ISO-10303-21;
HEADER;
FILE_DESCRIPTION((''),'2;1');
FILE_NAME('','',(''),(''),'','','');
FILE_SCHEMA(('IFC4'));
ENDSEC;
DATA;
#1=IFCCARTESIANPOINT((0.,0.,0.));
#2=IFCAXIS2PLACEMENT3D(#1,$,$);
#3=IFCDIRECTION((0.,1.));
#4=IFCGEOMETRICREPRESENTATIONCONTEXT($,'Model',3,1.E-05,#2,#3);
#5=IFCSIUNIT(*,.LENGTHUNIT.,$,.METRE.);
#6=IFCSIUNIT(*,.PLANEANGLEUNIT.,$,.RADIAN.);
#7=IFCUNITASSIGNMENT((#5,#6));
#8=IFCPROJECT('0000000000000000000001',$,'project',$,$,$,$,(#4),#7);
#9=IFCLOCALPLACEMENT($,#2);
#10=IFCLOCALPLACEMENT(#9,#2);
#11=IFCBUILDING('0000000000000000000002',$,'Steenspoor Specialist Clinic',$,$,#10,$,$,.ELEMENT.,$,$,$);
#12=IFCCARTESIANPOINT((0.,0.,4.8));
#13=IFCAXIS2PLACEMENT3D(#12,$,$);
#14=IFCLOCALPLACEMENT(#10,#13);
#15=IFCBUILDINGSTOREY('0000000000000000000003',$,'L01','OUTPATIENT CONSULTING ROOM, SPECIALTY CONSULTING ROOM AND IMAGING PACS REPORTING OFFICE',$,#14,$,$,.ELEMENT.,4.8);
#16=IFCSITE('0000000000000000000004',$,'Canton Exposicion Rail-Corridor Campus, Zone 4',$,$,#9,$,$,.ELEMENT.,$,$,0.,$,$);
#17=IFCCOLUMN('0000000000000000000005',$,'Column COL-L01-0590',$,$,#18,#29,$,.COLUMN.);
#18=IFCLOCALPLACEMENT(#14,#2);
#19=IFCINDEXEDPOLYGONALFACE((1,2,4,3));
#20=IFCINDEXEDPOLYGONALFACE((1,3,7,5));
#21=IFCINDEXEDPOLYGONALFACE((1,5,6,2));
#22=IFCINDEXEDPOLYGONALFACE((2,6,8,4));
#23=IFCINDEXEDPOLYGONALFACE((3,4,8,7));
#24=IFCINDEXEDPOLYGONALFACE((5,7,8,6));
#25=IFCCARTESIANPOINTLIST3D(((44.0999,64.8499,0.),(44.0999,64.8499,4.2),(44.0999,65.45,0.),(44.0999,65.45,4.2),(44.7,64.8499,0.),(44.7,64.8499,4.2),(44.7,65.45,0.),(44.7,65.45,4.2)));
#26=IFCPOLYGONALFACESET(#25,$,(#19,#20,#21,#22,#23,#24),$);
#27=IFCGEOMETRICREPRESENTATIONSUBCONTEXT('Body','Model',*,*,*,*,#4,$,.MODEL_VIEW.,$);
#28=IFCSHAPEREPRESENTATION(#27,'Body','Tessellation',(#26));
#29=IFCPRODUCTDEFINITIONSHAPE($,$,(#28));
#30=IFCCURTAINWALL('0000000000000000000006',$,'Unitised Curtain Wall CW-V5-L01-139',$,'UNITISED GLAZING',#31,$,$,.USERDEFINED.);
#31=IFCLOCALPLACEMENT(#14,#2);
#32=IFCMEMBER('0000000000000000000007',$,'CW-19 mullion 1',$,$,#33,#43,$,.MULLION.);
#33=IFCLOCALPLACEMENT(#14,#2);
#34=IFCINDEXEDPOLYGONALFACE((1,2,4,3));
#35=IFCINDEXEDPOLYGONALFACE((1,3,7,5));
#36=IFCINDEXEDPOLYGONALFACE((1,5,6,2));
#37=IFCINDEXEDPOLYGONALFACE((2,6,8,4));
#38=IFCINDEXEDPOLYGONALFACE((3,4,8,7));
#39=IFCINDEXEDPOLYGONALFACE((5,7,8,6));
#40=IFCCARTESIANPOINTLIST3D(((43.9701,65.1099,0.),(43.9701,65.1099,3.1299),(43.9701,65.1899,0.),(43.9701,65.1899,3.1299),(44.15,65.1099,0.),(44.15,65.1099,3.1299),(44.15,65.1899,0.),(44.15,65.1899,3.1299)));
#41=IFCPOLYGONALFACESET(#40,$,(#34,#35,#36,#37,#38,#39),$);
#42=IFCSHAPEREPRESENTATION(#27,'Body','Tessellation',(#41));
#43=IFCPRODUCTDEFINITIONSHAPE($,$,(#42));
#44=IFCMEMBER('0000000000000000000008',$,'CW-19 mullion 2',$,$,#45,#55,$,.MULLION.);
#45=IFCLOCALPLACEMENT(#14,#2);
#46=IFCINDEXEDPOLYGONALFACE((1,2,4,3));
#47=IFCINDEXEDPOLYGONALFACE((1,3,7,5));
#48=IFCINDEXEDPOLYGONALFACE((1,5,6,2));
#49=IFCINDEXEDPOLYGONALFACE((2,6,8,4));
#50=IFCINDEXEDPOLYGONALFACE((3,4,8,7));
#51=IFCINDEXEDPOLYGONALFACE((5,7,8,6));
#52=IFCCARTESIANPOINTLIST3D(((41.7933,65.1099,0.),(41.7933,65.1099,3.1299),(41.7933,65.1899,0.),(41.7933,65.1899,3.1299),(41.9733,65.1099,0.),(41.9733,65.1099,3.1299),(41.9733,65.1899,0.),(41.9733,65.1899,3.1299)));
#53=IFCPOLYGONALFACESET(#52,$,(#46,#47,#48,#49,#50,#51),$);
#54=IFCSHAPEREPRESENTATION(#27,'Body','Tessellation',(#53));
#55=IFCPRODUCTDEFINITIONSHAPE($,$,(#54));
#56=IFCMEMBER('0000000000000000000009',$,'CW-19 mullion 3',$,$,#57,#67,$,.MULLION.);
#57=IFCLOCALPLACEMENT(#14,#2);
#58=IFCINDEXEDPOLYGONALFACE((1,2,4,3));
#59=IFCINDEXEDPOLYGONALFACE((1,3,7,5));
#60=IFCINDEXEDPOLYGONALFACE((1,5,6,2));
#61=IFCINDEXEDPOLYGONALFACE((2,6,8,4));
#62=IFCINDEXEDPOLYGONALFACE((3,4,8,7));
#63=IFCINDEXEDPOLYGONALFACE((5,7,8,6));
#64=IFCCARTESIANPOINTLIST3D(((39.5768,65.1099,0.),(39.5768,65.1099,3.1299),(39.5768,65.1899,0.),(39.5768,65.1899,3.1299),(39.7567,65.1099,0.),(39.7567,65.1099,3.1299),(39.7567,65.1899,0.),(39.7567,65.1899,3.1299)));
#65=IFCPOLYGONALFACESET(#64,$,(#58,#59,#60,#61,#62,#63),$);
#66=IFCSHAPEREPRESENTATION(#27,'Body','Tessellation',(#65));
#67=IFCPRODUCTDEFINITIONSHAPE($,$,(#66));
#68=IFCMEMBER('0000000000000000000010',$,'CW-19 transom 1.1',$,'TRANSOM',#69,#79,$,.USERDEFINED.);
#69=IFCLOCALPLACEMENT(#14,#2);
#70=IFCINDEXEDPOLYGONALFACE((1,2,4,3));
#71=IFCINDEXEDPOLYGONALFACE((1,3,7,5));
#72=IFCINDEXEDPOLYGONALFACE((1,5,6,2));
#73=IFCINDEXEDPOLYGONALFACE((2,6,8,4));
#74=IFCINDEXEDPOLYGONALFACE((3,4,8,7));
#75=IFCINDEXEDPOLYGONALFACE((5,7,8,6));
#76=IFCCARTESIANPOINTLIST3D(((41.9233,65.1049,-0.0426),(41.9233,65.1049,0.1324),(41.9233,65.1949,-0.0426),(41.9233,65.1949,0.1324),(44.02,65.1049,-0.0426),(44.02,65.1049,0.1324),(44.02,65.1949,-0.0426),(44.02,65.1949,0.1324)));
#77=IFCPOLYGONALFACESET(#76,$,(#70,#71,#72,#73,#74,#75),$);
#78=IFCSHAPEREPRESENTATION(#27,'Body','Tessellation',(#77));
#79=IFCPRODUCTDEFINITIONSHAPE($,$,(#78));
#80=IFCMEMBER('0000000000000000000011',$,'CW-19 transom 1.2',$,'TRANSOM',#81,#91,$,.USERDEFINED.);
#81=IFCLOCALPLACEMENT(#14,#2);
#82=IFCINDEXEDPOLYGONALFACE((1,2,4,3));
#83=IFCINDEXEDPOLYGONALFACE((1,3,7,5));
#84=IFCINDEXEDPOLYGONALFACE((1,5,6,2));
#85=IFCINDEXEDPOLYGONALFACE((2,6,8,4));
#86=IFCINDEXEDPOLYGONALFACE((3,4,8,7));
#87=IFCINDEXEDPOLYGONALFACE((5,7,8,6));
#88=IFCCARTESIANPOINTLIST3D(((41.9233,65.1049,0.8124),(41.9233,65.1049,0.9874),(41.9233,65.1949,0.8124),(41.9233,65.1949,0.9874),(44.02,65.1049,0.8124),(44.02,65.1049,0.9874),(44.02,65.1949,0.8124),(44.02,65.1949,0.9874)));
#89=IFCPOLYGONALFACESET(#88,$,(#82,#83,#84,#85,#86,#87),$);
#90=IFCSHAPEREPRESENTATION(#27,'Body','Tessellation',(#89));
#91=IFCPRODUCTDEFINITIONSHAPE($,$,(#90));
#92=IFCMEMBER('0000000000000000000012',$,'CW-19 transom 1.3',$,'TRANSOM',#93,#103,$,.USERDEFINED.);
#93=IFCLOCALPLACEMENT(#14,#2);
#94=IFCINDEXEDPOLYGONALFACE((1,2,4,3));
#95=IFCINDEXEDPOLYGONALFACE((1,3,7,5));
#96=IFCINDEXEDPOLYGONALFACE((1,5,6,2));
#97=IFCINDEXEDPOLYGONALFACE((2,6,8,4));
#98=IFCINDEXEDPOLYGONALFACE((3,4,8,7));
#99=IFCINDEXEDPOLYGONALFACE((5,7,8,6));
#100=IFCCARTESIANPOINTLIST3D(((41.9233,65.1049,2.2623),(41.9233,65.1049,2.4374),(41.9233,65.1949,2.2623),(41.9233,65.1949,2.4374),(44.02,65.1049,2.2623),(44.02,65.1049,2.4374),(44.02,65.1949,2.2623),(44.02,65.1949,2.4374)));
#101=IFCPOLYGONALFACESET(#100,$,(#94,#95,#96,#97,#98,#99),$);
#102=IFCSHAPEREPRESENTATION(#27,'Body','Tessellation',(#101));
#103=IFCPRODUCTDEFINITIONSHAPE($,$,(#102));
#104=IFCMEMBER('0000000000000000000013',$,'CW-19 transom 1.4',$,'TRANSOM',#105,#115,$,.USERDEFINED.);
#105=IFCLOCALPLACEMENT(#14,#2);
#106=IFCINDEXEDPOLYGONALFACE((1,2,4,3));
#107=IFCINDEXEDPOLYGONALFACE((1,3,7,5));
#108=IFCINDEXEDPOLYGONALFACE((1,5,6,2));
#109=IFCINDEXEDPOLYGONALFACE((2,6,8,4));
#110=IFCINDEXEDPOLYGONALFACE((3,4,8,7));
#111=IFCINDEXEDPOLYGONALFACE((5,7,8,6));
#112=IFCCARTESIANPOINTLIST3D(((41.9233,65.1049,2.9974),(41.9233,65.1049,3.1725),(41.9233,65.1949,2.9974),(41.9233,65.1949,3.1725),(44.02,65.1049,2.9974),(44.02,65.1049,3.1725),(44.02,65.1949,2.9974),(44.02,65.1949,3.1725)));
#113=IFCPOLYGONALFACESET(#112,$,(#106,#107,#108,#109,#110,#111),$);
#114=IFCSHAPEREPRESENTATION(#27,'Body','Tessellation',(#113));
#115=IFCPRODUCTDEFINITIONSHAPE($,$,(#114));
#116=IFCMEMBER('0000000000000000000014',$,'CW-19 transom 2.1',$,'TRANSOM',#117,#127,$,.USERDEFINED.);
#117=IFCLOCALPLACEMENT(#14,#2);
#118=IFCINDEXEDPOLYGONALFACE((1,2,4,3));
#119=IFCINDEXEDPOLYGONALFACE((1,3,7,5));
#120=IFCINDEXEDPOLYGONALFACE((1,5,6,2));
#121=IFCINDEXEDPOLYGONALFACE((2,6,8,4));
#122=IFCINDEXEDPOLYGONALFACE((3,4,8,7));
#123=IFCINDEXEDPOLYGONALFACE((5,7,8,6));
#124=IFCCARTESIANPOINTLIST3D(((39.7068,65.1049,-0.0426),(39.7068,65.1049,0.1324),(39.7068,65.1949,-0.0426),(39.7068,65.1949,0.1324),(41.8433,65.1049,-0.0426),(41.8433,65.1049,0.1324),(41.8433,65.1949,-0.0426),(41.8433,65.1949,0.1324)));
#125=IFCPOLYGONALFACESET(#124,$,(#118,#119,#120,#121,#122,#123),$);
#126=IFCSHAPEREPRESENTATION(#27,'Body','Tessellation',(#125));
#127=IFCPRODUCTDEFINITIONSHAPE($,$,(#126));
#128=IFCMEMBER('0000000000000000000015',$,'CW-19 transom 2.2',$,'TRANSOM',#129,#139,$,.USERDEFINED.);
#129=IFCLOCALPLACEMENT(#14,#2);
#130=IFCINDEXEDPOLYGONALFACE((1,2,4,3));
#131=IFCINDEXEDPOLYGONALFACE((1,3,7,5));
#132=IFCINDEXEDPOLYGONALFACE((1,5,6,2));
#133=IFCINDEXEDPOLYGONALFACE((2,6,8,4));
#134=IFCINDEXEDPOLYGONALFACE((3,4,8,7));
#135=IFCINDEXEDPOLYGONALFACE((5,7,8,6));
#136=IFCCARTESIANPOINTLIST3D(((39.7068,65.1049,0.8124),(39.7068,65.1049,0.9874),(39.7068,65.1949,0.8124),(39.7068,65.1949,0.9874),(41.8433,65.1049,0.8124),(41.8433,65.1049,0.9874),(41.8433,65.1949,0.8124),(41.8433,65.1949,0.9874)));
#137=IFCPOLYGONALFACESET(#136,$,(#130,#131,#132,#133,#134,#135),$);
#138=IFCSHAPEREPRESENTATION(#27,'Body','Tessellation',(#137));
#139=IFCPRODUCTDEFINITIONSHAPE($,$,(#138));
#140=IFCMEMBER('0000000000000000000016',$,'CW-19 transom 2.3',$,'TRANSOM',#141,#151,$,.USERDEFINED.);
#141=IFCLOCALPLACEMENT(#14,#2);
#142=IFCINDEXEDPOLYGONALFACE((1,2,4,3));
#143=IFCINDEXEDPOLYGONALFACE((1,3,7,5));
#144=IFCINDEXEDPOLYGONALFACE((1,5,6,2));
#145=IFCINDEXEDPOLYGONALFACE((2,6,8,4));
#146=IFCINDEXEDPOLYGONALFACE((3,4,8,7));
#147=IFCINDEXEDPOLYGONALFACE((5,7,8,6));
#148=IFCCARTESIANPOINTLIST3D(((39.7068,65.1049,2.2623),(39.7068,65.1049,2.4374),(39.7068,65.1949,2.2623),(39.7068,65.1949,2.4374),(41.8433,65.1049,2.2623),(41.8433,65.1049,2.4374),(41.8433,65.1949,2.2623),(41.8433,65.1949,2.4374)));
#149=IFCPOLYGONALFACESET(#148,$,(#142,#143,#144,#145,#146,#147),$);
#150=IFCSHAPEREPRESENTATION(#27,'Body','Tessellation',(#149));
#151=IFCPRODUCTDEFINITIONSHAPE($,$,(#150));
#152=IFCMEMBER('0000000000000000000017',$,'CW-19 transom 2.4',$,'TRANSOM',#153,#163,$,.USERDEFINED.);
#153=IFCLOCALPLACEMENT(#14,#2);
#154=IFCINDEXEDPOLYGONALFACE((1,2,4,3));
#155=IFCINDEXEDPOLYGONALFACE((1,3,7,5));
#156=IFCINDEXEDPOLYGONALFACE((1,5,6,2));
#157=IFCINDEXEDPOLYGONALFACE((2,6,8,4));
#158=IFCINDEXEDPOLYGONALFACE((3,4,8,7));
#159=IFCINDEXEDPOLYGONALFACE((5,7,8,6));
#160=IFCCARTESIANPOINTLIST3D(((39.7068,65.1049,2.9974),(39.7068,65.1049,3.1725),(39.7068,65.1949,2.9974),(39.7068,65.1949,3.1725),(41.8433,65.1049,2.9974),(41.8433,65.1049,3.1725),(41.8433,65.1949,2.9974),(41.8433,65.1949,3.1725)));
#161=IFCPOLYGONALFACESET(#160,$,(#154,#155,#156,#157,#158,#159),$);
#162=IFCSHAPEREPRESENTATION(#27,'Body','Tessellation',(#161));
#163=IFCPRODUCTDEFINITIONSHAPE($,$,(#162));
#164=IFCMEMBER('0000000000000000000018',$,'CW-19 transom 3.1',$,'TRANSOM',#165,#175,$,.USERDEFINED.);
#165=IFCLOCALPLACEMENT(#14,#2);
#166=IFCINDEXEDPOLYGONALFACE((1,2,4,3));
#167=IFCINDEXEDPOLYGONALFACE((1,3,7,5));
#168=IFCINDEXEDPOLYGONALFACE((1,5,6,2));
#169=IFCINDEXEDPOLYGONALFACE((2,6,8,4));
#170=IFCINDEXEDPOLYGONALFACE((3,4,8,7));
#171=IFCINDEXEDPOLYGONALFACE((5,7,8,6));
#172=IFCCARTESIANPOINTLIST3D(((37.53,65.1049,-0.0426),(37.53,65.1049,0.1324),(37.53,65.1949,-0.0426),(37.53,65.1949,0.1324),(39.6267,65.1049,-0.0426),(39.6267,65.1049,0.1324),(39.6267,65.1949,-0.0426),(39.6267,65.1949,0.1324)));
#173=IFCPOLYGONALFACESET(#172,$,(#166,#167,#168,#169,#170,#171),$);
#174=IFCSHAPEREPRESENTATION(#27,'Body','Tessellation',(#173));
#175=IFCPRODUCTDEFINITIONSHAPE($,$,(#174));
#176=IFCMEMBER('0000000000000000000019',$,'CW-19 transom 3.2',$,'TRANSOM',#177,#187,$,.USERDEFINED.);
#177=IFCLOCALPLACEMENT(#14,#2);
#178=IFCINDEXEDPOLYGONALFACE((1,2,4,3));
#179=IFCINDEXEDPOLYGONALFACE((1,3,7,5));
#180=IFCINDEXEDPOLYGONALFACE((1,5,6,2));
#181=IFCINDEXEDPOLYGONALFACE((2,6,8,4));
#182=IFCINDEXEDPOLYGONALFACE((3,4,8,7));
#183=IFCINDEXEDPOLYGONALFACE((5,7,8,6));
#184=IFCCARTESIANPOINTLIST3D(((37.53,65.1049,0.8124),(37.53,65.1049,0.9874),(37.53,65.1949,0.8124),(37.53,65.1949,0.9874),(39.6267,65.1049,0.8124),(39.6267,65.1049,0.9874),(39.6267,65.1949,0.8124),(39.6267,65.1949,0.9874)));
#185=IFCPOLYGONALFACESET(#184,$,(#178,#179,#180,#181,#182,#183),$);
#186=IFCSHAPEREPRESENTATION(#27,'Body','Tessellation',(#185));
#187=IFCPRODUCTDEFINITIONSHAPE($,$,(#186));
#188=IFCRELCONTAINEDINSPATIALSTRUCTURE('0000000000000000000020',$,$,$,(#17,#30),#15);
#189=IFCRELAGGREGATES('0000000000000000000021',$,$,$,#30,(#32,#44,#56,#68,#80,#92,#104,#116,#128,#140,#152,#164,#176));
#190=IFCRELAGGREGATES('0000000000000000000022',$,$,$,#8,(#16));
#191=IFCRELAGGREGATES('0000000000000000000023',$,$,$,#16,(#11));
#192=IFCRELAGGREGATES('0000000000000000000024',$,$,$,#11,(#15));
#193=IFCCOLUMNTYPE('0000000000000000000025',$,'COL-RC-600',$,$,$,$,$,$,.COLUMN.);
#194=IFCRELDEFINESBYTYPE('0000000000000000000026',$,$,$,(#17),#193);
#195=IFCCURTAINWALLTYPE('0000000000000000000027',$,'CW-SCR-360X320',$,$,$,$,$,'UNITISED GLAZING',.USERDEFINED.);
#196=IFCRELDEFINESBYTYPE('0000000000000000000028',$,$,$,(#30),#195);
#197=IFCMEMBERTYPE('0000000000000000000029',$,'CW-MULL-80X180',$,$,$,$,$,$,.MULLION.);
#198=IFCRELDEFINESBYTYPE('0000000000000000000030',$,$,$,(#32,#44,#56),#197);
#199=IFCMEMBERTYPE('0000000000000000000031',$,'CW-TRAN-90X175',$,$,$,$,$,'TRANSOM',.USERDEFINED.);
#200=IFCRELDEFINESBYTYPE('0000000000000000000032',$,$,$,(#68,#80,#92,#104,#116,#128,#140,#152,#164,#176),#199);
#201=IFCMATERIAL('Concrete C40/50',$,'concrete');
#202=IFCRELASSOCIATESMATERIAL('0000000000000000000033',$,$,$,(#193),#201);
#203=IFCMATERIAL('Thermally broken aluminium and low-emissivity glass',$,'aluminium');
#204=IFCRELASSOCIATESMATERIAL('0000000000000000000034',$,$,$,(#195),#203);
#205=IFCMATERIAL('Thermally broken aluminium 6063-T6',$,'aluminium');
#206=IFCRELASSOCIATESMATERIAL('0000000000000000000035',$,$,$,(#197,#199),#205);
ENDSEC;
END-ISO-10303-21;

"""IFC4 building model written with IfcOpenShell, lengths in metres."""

from ifc_helpers import new_model, si_unit, direction, frame, origin, origin_2d, place, context, subcontext, project, spatial, rectangle, extrude, material, material_profile, profile_set, type_object, element, aggregate, save


model = new_model("IFC4")

# Units and contexts
model_context = context("Model", 3, precision=1e-05, world=origin(), true_north=direction((0.0, 1.0)))
body_context = subcontext(model_context, "Body", "Model", "MODEL_VIEW")
ifc_project = project(units=[si_unit("LENGTHUNIT", "METRE"), si_unit("PLANEANGLEUNIT", "RADIAN")], contexts=[model_context])

# Site, building, storey
site_placement = place(None, origin())
site = spatial("IfcSite", under=ifc_project, at=site_placement, Name="Canton Exposicion Rail-Corridor Campus, Zone 4", CompositionType="ELEMENT", RefElevation=0.0)
building_placement = place(site_placement, origin())
building = spatial("IfcBuilding", under=site, at=building_placement, Name="Steenspoor Specialist Clinic", CompositionType="ELEMENT")
storey_placement = place(building_placement, frame((0.0, 0.0, 4.8)))
storey = spatial("IfcBuildingStorey", under=building, at=storey_placement, Name="L01", Description="OUTPATIENT CONSULTING ROOM, SPECIALTY CONSULTING ROOM AND IMAGING PACS REPORTING OFFICE", CompositionType="ELEMENT", Elevation=4.8)

# Column
ifc_material_1 = material(Name="Concrete C40/50", Category="concrete")
ifc_material_profile_1 = material_profile(ifc_material_1, rectangle(XDim=0.6001, YDim=0.6001, at=origin_2d()), Name="RC-COL-600X600")
ifc_profile_set_1 = profile_set([ifc_material_profile_1], Name="Concrete C40/50")
column_type = type_object("IfcColumnType", Name="COL-RC-600", PredefinedType="COLUMN", material=ifc_profile_set_1)
column_placement = place(storey_placement, frame((44.3999, 65.1499, 0.0), z_axis=(0.0, 0.0, 1.0), x_axis=(1.0, 0.0, 0.0)))
element("IfcColumn", 1, at=column_placement, inside=storey, type_object=column_type, Name="Column COL-L01-0590", PredefinedType="COLUMN", context=body_context, shape_type="SweptSolid", body=[
    extrude(rectangle(XDim=0.6001, YDim=0.6001, at=origin_2d()), origin(), (0.0, 0.0, 1.0), 4.2),
])

# Curtain wall, members
ifc_material_2 = material(Name="Thermally broken aluminium and low-emissivity glass", Category="aluminium")
curtain_wall_type = type_object("IfcCurtainWallType", Name="CW-SCR-360X320", ElementType="UNITISED GLAZING", PredefinedType="USERDEFINED", material=ifc_material_2)
curtain_wall_placement = place(storey_placement, origin())
curtain_wall = element("IfcCurtainWall", 2, at=curtain_wall_placement, inside=storey, type_object=curtain_wall_type, Name="Unitised Curtain Wall CW-V5-L01-139", ObjectType="UNITISED GLAZING", PredefinedType="USERDEFINED")
ifc_material_3 = material(Name="Thermally broken aluminium 6063-T6", Category="aluminium")
ifc_material_profile_2 = material_profile(ifc_material_3, rectangle(XDim=0.0801, YDim=0.1799, at=origin_2d()), Name="CWM-80X180")
ifc_profile_set_2 = profile_set([ifc_material_profile_2], Name="Thermally broken aluminium 6063-T6")
member_type_1 = type_object("IfcMemberType", Name="CW-MULL-80X180", PredefinedType="MULLION", material=ifc_profile_set_2)
member_1_placement = place(storey_placement, frame((44.0601, 65.1499, 0.0), z_axis=(0.0, 0.0, 1.0), x_axis=(0.0, -1.0, 0.0)))
member_1 = element("IfcMember", 3, at=member_1_placement, type_object=member_type_1, Name="CW-19 mullion 1", PredefinedType="MULLION", context=body_context, shape_type="SweptSolid", body=[
    extrude(rectangle(XDim=0.0801, YDim=0.1799, at=origin_2d()), origin(), (0.0, 0.0, 1.0), 3.1299),
])
member_2_placement = place(storey_placement, frame((41.8833, 65.1499, 0.0), z_axis=(0.0, 0.0, 1.0), x_axis=(0.0, -1.0, 0.0)))
member_2 = element("IfcMember", 4, at=member_2_placement, type_object=member_type_1, Name="CW-19 mullion 2", PredefinedType="MULLION", context=body_context, shape_type="SweptSolid", body=[
    extrude(rectangle(XDim=0.0801, YDim=0.1799, at=origin_2d()), origin(), (0.0, 0.0, 1.0), 3.1299),
])
member_3_placement = place(storey_placement, frame((39.6667, 65.1499, 0.0), z_axis=(0.0, 0.0, 1.0), x_axis=(0.0, -1.0, 0.0)))
member_3 = element("IfcMember", 5, at=member_3_placement, type_object=member_type_1, Name="CW-19 mullion 3", PredefinedType="MULLION", context=body_context, shape_type="SweptSolid", body=[
    extrude(rectangle(XDim=0.0801, YDim=0.1799, at=origin_2d()), origin(), (0.0, 0.0, 1.0), 3.1299),
])
ifc_material_profile_3 = material_profile(ifc_material_3, rectangle(XDim=0.0901, YDim=0.175, at=origin_2d()), Name="CWT-90X175")
ifc_profile_set_3 = profile_set([ifc_material_profile_3], Name="Thermally broken aluminium 6063-T6")
member_type_2 = type_object("IfcMemberType", Name="CW-TRAN-90X175", ElementType="TRANSOM", PredefinedType="USERDEFINED", material=ifc_profile_set_3)
member_4_placement = place(storey_placement, frame((44.02, 65.1499, 0.0449), z_axis=(-1.0, 0.0, 0.0), x_axis=(0.0, -1.0, 0.0)))
member_4 = element("IfcMember", 6, at=member_4_placement, type_object=member_type_2, Name="CW-19 transom 1.1", ObjectType="TRANSOM", PredefinedType="USERDEFINED", context=body_context, shape_type="SweptSolid", body=[
    extrude(rectangle(XDim=0.0901, YDim=0.175, at=origin_2d()), origin(), (0.0, 0.0, 1.0), 2.0967),
])
member_5_placement = place(storey_placement, frame((44.02, 65.1499, 0.8999), z_axis=(-1.0, 0.0, 0.0), x_axis=(0.0, -1.0, 0.0)))
member_5 = element("IfcMember", 7, at=member_5_placement, type_object=member_type_2, Name="CW-19 transom 1.2", ObjectType="TRANSOM", PredefinedType="USERDEFINED", context=body_context, shape_type="SweptSolid", body=[
    extrude(rectangle(XDim=0.0901, YDim=0.175, at=origin_2d()), origin(), (0.0, 0.0, 1.0), 2.0967),
])
member_6_placement = place(storey_placement, frame((44.02, 65.1499, 2.3499), z_axis=(-1.0, 0.0, 0.0), x_axis=(0.0, -1.0, 0.0)))
member_6 = element("IfcMember", 8, at=member_6_placement, type_object=member_type_2, Name="CW-19 transom 1.3", ObjectType="TRANSOM", PredefinedType="USERDEFINED", context=body_context, shape_type="SweptSolid", body=[
    extrude(rectangle(XDim=0.0901, YDim=0.175, at=origin_2d()), origin(), (0.0, 0.0, 1.0), 2.0967),
])
member_7_placement = place(storey_placement, frame((44.02, 65.1499, 3.085), z_axis=(-1.0, 0.0, 0.0), x_axis=(0.0, -1.0, 0.0)))
member_7 = element("IfcMember", 9, at=member_7_placement, type_object=member_type_2, Name="CW-19 transom 1.4", ObjectType="TRANSOM", PredefinedType="USERDEFINED", context=body_context, shape_type="SweptSolid", body=[
    extrude(rectangle(XDim=0.0901, YDim=0.175, at=origin_2d()), origin(), (0.0, 0.0, 1.0), 2.0967),
])
member_8_placement = place(storey_placement, frame((41.8433, 65.1499, 0.0449), z_axis=(-1.0, 0.0, 0.0), x_axis=(0.0, -1.0, 0.0)))
member_8 = element("IfcMember", 10, at=member_8_placement, type_object=member_type_2, Name="CW-19 transom 2.1", ObjectType="TRANSOM", PredefinedType="USERDEFINED", context=body_context, shape_type="SweptSolid", body=[
    extrude(rectangle(XDim=0.0901, YDim=0.175, at=origin_2d()), origin(), (0.0, 0.0, 1.0), 2.1365),
])
member_9_placement = place(storey_placement, frame((41.8433, 65.1499, 0.8999), z_axis=(-1.0, 0.0, 0.0), x_axis=(0.0, -1.0, 0.0)))
member_9 = element("IfcMember", 11, at=member_9_placement, type_object=member_type_2, Name="CW-19 transom 2.2", ObjectType="TRANSOM", PredefinedType="USERDEFINED", context=body_context, shape_type="SweptSolid", body=[
    extrude(rectangle(XDim=0.0901, YDim=0.175, at=origin_2d()), origin(), (0.0, 0.0, 1.0), 2.1365),
])
member_10_placement = place(storey_placement, frame((41.8433, 65.1499, 2.3499), z_axis=(-1.0, 0.0, 0.0), x_axis=(0.0, -1.0, 0.0)))
member_10 = element("IfcMember", 12, at=member_10_placement, type_object=member_type_2, Name="CW-19 transom 2.3", ObjectType="TRANSOM", PredefinedType="USERDEFINED", context=body_context, shape_type="SweptSolid", body=[
    extrude(rectangle(XDim=0.0901, YDim=0.175, at=origin_2d()), origin(), (0.0, 0.0, 1.0), 2.1365),
])
member_11_placement = place(storey_placement, frame((41.8433, 65.1499, 3.085), z_axis=(-1.0, 0.0, 0.0), x_axis=(0.0, -1.0, 0.0)))
member_11 = element("IfcMember", 13, at=member_11_placement, type_object=member_type_2, Name="CW-19 transom 2.4", ObjectType="TRANSOM", PredefinedType="USERDEFINED", context=body_context, shape_type="SweptSolid", body=[
    extrude(rectangle(XDim=0.0901, YDim=0.175, at=origin_2d()), origin(), (0.0, 0.0, 1.0), 2.1365),
])
member_12_placement = place(storey_placement, frame((39.6267, 65.1499, 0.0449), z_axis=(-1.0, 0.0, 0.0), x_axis=(0.0, -1.0, 0.0)))
member_12 = element("IfcMember", 14, at=member_12_placement, type_object=member_type_2, Name="CW-19 transom 3.1", ObjectType="TRANSOM", PredefinedType="USERDEFINED", context=body_context, shape_type="SweptSolid", body=[
    extrude(rectangle(XDim=0.0901, YDim=0.175, at=origin_2d()), origin(), (0.0, 0.0, 1.0), 2.0967),
])
member_13_placement = place(storey_placement, frame((39.6267, 65.1499, 0.8999), z_axis=(-1.0, 0.0, 0.0), x_axis=(0.0, -1.0, 0.0)))
member_13 = element("IfcMember", 15, at=member_13_placement, type_object=member_type_2, Name="CW-19 transom 3.2", ObjectType="TRANSOM", PredefinedType="USERDEFINED", context=body_context, shape_type="SweptSolid", body=[
    extrude(rectangle(XDim=0.0901, YDim=0.175, at=origin_2d()), origin(), (0.0, 0.0, 1.0), 2.0967),
])

aggregate(curtain_wall, [member_1, member_2, member_3, member_4, member_5, member_6, member_7, member_8, member_9, member_10, member_11, member_12, member_13])

save(model, "model.ifc")
